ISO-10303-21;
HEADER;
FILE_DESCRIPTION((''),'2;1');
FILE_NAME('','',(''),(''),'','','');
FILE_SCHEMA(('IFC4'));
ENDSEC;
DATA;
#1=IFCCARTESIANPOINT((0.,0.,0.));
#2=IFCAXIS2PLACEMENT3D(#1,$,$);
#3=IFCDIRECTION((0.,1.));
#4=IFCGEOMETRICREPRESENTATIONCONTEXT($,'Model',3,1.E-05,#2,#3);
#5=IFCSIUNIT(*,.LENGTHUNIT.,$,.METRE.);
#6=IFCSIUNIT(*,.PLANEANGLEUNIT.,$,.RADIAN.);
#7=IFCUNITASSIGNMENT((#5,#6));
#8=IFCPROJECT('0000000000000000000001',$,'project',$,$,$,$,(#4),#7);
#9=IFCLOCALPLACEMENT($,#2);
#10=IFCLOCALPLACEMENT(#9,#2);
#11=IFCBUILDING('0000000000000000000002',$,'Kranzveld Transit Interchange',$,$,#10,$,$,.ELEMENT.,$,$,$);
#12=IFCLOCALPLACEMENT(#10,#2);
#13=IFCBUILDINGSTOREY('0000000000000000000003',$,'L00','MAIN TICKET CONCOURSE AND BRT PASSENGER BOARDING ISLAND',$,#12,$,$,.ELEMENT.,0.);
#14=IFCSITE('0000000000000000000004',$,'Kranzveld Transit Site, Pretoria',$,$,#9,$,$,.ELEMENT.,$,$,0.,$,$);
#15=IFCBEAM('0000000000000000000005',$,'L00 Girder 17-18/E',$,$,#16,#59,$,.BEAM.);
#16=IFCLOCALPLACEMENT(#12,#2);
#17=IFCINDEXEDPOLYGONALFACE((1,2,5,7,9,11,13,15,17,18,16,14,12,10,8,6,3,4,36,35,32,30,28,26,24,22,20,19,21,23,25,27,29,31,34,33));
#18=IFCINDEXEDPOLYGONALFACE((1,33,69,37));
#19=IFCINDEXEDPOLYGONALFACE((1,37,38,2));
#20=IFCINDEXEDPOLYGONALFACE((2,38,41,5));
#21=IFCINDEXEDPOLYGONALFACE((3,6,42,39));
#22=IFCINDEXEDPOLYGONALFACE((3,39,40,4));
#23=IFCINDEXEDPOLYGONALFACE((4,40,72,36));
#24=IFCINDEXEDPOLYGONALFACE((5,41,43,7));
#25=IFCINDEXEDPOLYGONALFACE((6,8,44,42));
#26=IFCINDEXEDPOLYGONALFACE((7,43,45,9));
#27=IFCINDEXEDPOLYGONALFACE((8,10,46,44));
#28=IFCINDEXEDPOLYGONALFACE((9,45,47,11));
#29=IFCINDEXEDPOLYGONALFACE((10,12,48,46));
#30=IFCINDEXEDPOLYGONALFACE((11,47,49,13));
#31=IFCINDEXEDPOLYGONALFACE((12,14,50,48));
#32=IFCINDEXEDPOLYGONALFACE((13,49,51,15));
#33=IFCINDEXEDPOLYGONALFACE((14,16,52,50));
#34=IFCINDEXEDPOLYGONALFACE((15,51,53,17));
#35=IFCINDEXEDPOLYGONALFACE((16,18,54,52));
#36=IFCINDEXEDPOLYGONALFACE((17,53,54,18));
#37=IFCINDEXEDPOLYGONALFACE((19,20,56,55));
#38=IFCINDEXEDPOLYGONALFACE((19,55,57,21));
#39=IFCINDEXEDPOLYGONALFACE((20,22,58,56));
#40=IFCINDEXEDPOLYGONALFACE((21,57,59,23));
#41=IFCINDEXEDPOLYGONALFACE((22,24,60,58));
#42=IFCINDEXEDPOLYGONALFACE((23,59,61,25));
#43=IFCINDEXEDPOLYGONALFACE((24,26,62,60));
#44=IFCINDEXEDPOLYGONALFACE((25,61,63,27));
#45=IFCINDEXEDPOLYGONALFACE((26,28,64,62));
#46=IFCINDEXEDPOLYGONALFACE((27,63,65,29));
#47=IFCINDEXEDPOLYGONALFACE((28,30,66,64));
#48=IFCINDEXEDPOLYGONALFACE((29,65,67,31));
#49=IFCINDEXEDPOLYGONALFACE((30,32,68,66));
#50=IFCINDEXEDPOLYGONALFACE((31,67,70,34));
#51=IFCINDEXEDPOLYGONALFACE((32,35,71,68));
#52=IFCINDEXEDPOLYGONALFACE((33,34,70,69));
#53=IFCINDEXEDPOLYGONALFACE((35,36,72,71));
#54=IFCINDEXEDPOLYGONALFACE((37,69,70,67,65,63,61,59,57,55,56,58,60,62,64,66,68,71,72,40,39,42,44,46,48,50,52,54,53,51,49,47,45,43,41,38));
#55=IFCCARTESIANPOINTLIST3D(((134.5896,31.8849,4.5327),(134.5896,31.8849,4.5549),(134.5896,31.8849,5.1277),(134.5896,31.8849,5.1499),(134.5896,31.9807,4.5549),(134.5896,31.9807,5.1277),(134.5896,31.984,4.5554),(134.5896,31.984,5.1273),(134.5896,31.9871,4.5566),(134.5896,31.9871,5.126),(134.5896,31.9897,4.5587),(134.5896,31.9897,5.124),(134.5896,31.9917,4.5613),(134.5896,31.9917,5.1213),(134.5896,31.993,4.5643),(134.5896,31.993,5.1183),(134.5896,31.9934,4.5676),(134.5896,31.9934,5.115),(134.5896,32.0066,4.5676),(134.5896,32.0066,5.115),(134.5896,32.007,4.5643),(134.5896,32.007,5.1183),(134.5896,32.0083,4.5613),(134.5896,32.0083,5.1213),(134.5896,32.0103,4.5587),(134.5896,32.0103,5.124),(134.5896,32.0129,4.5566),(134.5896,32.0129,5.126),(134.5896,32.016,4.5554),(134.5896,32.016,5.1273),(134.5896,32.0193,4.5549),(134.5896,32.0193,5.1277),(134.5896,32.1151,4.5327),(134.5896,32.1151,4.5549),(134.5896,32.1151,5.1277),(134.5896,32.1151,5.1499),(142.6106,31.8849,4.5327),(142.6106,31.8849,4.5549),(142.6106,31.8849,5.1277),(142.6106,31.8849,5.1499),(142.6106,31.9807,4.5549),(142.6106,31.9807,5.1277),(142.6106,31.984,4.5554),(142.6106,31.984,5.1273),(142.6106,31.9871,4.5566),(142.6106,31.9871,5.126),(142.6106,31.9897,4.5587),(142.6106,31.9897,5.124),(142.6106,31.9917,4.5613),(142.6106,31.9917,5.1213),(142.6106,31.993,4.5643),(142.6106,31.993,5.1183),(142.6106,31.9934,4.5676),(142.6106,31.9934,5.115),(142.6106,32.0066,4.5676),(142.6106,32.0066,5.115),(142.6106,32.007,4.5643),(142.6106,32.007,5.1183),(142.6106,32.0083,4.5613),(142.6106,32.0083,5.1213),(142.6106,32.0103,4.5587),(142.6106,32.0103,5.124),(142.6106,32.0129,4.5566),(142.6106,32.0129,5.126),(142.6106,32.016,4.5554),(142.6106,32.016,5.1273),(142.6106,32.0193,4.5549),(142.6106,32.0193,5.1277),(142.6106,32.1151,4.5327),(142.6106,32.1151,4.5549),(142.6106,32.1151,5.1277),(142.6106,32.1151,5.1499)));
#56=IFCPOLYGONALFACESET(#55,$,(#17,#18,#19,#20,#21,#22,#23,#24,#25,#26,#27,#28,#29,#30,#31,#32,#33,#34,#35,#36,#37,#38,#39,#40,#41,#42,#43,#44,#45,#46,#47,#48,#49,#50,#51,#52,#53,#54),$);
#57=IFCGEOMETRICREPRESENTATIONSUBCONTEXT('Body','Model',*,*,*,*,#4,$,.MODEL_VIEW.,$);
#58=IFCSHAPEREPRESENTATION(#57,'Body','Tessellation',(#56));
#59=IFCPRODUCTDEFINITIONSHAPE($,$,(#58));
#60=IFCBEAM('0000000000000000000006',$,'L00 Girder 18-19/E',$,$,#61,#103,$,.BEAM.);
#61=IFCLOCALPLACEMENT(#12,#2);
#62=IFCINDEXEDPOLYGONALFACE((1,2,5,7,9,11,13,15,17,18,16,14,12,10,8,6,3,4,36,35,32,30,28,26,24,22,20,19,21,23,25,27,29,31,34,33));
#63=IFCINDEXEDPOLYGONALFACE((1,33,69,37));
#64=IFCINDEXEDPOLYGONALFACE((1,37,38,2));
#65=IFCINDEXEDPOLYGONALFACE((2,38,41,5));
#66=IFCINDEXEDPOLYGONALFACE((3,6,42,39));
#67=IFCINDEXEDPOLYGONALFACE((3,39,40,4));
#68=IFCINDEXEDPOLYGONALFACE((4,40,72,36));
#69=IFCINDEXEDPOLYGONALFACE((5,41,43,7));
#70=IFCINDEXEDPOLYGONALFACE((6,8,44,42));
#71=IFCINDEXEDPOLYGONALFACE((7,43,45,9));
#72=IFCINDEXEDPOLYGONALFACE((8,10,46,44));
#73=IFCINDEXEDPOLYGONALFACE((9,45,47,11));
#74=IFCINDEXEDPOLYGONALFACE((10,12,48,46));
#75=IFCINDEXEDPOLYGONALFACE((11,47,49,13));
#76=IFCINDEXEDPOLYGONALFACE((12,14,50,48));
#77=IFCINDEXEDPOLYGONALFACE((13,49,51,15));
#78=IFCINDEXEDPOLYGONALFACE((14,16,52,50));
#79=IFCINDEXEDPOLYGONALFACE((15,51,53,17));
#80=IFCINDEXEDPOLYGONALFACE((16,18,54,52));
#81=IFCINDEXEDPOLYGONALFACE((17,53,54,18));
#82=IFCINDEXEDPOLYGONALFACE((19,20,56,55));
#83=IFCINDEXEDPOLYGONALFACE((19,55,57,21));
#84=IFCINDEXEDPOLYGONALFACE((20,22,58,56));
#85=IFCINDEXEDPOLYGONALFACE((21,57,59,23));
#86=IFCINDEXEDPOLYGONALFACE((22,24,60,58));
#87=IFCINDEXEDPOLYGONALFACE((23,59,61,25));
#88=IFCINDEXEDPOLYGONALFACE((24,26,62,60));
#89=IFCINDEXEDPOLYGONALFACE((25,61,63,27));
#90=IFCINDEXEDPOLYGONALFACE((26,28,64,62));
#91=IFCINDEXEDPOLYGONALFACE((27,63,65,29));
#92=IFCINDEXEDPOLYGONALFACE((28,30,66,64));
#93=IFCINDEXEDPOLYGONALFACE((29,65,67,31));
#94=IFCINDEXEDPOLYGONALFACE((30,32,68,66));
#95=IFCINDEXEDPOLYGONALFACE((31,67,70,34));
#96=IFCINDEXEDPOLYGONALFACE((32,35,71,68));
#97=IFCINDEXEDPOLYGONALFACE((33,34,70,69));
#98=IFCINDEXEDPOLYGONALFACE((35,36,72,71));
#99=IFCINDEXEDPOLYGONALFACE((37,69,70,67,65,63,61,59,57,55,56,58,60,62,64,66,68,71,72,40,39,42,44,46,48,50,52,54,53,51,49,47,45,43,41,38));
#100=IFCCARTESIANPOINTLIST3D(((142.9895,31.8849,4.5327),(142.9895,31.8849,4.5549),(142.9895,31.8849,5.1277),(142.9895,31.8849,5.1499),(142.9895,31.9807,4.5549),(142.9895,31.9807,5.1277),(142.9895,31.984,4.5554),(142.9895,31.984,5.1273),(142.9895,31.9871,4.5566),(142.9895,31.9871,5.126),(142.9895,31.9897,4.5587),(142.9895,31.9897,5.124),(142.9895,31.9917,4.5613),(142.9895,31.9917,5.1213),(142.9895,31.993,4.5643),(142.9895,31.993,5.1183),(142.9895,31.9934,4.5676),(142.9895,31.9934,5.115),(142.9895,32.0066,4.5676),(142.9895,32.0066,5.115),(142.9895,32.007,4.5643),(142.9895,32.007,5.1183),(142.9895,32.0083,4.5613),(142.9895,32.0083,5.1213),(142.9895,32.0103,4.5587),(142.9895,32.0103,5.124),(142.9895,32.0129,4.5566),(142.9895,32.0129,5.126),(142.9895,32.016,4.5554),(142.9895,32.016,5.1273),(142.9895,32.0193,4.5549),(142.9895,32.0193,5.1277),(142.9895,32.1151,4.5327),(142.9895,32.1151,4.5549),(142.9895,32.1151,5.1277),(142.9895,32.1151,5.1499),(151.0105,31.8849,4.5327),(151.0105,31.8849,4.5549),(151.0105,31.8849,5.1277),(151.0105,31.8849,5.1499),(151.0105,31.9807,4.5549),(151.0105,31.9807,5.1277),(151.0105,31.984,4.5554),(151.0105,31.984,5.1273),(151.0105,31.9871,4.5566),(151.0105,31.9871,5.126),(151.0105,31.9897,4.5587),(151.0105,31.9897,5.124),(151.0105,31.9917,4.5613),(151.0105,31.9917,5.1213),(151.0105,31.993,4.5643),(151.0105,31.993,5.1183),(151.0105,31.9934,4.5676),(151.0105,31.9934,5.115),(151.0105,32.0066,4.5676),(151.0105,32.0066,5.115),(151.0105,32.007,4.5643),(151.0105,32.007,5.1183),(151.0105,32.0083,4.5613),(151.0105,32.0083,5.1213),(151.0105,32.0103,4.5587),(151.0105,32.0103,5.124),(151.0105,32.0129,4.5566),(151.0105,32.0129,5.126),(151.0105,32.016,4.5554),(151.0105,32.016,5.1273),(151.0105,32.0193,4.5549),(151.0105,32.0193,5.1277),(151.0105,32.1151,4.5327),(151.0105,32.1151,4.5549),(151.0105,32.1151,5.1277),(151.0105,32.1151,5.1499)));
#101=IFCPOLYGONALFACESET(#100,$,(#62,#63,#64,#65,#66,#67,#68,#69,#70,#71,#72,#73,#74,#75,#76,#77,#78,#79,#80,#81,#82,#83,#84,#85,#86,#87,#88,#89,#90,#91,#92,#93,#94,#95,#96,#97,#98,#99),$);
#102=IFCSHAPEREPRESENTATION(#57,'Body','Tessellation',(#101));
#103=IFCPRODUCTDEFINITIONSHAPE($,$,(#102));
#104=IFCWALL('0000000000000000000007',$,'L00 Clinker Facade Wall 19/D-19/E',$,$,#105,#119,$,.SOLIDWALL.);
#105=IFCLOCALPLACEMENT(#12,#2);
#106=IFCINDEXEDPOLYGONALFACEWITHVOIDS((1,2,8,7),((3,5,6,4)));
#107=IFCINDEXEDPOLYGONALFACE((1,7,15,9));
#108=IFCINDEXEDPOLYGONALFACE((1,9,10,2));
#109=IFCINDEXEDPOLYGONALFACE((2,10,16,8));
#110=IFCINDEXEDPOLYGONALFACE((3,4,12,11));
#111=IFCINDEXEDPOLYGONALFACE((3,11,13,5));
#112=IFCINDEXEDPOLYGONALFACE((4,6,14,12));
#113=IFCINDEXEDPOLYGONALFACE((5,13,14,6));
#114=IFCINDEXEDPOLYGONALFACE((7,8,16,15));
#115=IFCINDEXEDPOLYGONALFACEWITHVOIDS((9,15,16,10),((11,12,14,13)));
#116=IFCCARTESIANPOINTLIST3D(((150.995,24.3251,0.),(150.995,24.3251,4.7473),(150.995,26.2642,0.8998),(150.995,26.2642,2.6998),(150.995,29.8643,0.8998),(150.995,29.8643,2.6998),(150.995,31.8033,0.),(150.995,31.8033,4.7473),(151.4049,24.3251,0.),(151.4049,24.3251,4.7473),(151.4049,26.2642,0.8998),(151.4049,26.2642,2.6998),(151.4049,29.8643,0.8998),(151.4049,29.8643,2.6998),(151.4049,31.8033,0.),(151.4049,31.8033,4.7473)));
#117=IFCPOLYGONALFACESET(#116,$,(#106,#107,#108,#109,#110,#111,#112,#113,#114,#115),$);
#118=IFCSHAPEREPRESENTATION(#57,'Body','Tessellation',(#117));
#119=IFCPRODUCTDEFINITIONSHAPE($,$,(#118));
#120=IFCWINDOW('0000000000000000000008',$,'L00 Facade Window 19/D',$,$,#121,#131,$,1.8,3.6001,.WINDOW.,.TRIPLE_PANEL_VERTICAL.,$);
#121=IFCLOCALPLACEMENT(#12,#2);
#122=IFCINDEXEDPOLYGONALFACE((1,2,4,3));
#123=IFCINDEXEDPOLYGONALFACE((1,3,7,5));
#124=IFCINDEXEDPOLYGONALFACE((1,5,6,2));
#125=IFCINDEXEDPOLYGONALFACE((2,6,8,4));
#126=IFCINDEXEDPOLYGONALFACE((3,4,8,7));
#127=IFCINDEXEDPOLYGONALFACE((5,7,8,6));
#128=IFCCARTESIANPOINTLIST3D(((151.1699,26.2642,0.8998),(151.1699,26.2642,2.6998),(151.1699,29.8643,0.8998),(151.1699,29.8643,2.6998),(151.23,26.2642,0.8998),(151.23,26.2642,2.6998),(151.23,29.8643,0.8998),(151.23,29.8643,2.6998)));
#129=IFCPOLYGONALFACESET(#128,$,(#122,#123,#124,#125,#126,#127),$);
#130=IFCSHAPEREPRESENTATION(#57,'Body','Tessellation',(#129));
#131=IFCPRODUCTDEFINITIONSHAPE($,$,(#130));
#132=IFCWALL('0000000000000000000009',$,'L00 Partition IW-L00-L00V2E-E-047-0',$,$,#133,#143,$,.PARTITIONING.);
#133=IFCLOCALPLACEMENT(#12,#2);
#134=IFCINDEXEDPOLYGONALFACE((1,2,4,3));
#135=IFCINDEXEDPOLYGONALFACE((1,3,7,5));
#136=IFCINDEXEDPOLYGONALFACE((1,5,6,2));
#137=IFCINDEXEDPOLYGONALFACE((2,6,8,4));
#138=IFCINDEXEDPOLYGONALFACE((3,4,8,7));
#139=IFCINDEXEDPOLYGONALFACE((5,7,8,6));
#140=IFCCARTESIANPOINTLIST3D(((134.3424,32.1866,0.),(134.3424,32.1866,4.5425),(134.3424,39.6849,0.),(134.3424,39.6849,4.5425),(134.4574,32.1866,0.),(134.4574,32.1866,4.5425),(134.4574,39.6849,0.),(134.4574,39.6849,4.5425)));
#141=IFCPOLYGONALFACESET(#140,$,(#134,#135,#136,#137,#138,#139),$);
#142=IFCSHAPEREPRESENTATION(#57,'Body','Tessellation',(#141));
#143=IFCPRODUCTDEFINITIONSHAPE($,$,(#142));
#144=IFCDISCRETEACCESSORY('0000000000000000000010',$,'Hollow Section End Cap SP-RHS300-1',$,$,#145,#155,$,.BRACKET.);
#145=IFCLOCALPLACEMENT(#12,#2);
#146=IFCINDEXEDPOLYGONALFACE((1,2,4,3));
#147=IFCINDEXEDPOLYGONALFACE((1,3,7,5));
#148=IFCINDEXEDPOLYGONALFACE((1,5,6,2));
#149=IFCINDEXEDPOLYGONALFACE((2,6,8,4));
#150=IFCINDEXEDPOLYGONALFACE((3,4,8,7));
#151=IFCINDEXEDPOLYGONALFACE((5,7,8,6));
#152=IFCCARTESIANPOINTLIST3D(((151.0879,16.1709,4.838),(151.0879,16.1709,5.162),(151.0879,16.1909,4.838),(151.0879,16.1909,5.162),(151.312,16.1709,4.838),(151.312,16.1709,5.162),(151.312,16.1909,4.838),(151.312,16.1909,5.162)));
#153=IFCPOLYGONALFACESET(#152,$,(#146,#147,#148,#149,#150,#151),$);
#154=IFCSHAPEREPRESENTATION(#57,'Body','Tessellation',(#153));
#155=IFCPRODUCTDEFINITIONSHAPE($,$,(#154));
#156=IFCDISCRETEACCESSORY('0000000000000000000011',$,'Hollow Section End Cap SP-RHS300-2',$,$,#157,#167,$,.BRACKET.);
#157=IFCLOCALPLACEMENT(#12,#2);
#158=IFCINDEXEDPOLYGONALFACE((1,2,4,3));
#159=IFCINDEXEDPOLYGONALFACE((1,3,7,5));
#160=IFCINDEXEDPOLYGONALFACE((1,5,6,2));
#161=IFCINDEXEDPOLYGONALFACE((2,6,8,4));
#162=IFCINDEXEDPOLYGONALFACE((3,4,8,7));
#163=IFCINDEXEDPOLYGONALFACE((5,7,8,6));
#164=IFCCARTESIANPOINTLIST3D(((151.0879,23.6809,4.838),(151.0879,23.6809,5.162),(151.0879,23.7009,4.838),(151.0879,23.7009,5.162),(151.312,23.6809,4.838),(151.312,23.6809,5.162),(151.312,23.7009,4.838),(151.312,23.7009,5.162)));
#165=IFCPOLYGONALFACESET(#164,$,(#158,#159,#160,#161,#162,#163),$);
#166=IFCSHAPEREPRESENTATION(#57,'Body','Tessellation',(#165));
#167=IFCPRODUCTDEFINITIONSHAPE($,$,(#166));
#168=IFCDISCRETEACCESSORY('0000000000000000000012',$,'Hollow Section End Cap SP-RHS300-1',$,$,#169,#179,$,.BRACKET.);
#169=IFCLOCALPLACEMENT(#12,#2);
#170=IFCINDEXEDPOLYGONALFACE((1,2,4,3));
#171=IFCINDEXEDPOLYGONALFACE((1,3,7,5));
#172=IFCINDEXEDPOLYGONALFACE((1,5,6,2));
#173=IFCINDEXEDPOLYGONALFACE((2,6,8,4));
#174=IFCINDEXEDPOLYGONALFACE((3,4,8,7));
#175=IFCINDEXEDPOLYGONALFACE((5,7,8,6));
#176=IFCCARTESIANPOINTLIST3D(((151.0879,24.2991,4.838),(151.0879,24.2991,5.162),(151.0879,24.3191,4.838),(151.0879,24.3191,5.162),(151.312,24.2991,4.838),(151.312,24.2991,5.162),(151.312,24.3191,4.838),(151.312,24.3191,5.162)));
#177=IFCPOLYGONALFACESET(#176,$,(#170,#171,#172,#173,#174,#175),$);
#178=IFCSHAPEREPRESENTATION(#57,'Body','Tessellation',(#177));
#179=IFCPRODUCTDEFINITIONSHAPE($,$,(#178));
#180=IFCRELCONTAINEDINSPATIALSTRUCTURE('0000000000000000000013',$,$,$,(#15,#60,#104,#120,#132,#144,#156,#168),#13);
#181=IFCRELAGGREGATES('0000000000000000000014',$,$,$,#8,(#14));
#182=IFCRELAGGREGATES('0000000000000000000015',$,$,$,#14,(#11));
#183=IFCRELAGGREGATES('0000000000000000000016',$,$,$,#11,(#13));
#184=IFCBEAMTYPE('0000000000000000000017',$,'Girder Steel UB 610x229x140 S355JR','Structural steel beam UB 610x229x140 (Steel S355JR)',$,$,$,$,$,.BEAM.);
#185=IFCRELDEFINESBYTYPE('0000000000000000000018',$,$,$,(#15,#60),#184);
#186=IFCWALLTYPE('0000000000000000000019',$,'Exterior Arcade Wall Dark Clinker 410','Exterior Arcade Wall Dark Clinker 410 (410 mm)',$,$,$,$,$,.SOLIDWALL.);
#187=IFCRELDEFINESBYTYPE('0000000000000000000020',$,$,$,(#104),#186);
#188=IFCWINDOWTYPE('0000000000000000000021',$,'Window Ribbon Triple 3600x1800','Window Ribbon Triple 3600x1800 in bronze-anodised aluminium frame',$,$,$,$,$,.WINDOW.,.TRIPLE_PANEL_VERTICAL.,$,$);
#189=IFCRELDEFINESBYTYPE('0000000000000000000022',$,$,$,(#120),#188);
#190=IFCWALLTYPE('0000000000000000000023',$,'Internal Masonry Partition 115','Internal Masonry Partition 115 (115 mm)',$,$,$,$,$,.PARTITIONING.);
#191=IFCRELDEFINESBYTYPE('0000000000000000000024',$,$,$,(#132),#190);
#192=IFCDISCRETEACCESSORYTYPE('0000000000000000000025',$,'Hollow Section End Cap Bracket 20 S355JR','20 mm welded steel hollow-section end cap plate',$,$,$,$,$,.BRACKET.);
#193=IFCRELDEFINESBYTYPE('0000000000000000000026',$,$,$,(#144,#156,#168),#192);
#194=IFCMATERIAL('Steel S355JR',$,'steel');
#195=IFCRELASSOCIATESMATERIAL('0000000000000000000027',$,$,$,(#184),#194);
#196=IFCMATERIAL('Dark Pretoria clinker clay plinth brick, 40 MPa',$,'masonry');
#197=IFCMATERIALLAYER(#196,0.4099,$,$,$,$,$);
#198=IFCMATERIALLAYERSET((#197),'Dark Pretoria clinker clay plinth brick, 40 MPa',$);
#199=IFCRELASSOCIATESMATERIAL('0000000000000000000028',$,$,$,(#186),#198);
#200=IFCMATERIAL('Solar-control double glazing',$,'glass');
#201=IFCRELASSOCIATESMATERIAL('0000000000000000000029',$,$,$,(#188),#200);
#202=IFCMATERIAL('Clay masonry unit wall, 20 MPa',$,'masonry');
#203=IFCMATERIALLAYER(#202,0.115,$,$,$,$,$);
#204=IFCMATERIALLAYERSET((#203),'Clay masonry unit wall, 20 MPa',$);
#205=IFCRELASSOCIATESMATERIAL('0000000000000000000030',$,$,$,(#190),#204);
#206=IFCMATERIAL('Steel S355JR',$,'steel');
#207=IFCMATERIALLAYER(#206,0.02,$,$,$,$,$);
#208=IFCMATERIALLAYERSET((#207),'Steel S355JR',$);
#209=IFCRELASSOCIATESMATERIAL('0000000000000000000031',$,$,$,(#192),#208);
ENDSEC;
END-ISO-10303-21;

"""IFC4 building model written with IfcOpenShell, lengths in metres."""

from ifc_helpers import new_model, si_unit, direction, frame, frame_2d, origin, origin_2d, place, context, subcontext, project, spatial, rectangle, i_section, extrude, material, layer, layer_set, material_profile, profile_set, type_object, element, fill, save


model = new_model("IFC4")

# Units and contexts
model_context = context("Model", 3, precision=1e-05, world=origin(), true_north=direction((0.0, 1.0)))
body_context = subcontext(model_context, "Body", "Model", "MODEL_VIEW")
ifc_project = project(units=[si_unit("LENGTHUNIT", "METRE"), si_unit("PLANEANGLEUNIT", "RADIAN")], contexts=[model_context])

# Site, building, storey
site_placement = place(None, origin())
site = spatial("IfcSite", under=ifc_project, at=site_placement, Name="Kranzveld Transit Site, Pretoria", CompositionType="ELEMENT", RefElevation=0.0)
building_placement = place(site_placement, origin())
building = spatial("IfcBuilding", under=site, at=building_placement, Name="Kranzveld Transit Interchange", CompositionType="ELEMENT")
storey_placement = place(building_placement, origin())
storey = spatial("IfcBuildingStorey", under=building, at=storey_placement, Name="L00", Description="MAIN TICKET CONCOURSE AND BRT PASSENGER BOARDING ISLAND", CompositionType="ELEMENT", Elevation=0.0)

# Beams
ifc_material_1 = material(Name="Steel S355JR", Category="steel")
ifc_material_profile_1 = material_profile(ifc_material_1, i_section(OverallWidth=0.2302, OverallDepth=0.6172, WebThickness=0.0132, FlangeThickness=0.0222, FilletRadius=0.0127, at=origin_2d()), Name="UB 610x229x140")
ifc_profile_set_1 = profile_set([ifc_material_profile_1], Name="Steel S355JR")
beam_type_1 = type_object("IfcBeamType", Name="Girder Steel UB 610x229x140 S355JR", Description="Structural steel beam UB 610x229x140 (Steel S355JR)", PredefinedType="BEAM", material=ifc_profile_set_1)
for number, where, z_axis, x_axis, name in (
    (1, (134.5896, 32.0, 4.8413), (1.0, 0.0, 0.0), (0.0, 1.0, 0.0), "L00 Girder 17-18/E"),
    (2, (142.9895, 32.0, 4.8413), (1.0, 0.0, 0.0), (0.0, 1.0, 0.0), "L00 Girder 18-19/E"),
):
    element("IfcBeam", number, at=place(storey_placement, frame(where, z_axis=z_axis, x_axis=x_axis)), inside=storey, type_object=beam_type_1, Name=name, PredefinedType="BEAM", context=body_context, shape_type="SweptSolid", body=[
        extrude(i_section(OverallWidth=0.2302, OverallDepth=0.6172, WebThickness=0.0132, FlangeThickness=0.0222, FilletRadius=0.0127, at=origin_2d()), origin(), (0.0, 0.0, 1.0), 8.021),
    ])

# Wall, opening, window
ifc_material_2 = material(Name="Dark Pretoria clinker clay plinth brick, 40 MPa", Category="masonry")
ifc_layer_1 = layer(ifc_material_2, 0.4099)
ifc_layer_set_1 = layer_set([ifc_layer_1], Name="Dark Pretoria clinker clay plinth brick, 40 MPa")
wall_type_1 = type_object("IfcWallType", Name="Exterior Arcade Wall Dark Clinker 410", Description="Exterior Arcade Wall Dark Clinker 410 (410 mm)", PredefinedType="SOLIDWALL", material=ifc_layer_set_1)
wall_1_placement = place(storey_placement, frame((151.2, 24.325, 0.0), z_axis=(0.0, 0.0, 1.0), x_axis=(0.0, 1.0, 0.0)))
wall_1 = element("IfcWall", 3, at=wall_1_placement, inside=storey, type_object=wall_type_1, Name="L00 Clinker Facade Wall 19/D-19/E", PredefinedType="SOLIDWALL", context=body_context, shape_type="SweptSolid", body=[
    extrude(rectangle(XDim=7.4783, YDim=0.4099, at=frame_2d((3.7393, 0.0))), origin(), (0.0, 0.0, 1.0), 4.7473),
])
opening_placement = place(wall_1_placement, frame((1.9392, 0.0, 0.8999), z_axis=(0.0, 0.0, 1.0), x_axis=(1.0, 0.0, 0.0)))
opening = element("IfcOpeningElement", 4, at=opening_placement, cuts=wall_1, PredefinedType="OPENING", context=body_context, shape_type="SweptSolid", body=[
    extrude(rectangle(XDim=3.6001, YDim=1.8, at=frame_2d((1.8, 0.8999))), frame((0.0, 0.2148, 0.0), z_axis=(0.0, -1.0, 0.0), x_axis=(1.0, 0.0, 0.0)), (0.0, 0.0, 1.0), 0.4299),
])
ifc_material_3 = material(Name="Solar-control double glazing", Category="glass")
window_type = type_object("IfcWindowType", Name="Window Ribbon Triple 3600x1800", Description="Window Ribbon Triple 3600x1800 in bronze-anodised aluminium frame", PartitioningType="TRIPLE_PANEL_VERTICAL", PredefinedType="WINDOW", material=ifc_material_3)
window_placement = place(opening_placement, origin())
window = element("IfcWindow", 5, at=window_placement, inside=storey, type_object=window_type, Name="L00 Facade Window 19/D", OverallHeight=1.8, OverallWidth=3.6001, PartitioningType="TRIPLE_PANEL_VERTICAL", PredefinedType="WINDOW", context=body_context, shape_type="SweptSolid", body=[
    extrude(rectangle(XDim=3.6001, YDim=1.8, at=frame_2d((1.8, 0.8999))), frame((0.0, 0.03, 0.0), z_axis=(0.0, -1.0, 0.0), x_axis=(1.0, 0.0, 0.0)), (0.0, 0.0, 1.0), 0.0601),
])
fill(opening, window)

# Wall
ifc_material_4 = material(Name="Clay masonry unit wall, 20 MPa", Category="masonry")
ifc_layer_2 = layer(ifc_material_4, 0.115)
ifc_layer_set_2 = layer_set([ifc_layer_2], Name="Clay masonry unit wall, 20 MPa")
wall_type_2 = type_object("IfcWallType", Name="Internal Masonry Partition 115", Description="Internal Masonry Partition 115 (115 mm)", PredefinedType="PARTITIONING", material=ifc_layer_set_2)
wall_2_placement = place(storey_placement, frame((134.3999, 32.1868, 0.0), z_axis=(0.0, 0.0, 1.0), x_axis=(0.0, 1.0, 0.0)))
element("IfcWall", 6, at=wall_2_placement, inside=storey, type_object=wall_type_2, Name="L00 Partition IW-L00-L00V2E-E-047-0", PredefinedType="PARTITIONING", context=body_context, shape_type="SweptSolid", body=[
    extrude(rectangle(XDim=7.4983, YDim=0.115, at=frame_2d((3.749, 0.0))), origin(), (0.0, 0.0, 1.0), 4.5425),
])

# Discrete accessories
ifc_material_5 = material(Name="Steel S355JR", Category="steel")
ifc_layer_3 = layer(ifc_material_5, 0.02)
ifc_layer_set_3 = layer_set([ifc_layer_3], Name="Steel S355JR")
discrete_accessory_type = type_object("IfcDiscreteAccessoryType", Name="Hollow Section End Cap Bracket 20 S355JR", Description="20 mm welded steel hollow-section end cap plate", PredefinedType="BRACKET", material=ifc_layer_set_3)
for number, where, z_axis, x_axis, name in (
    (7, (151.2, 16.1909, 5.0), (0.0, -1.0, 0.0), (1.0, 0.0, 0.0), "Hollow Section End Cap SP-RHS300-1"),
    (8, (151.2, 23.6809, 5.0), (0.0, 1.0, 0.0), (-1.0, 0.0, 0.0), "Hollow Section End Cap SP-RHS300-2"),
    (9, (151.2, 24.3191, 5.0), (0.0, -1.0, 0.0), (1.0, 0.0, 0.0), "Hollow Section End Cap SP-RHS300-1"),
):
    element("IfcDiscreteAccessory", number, at=place(storey_placement, frame(where, z_axis=z_axis, x_axis=x_axis)), inside=storey, type_object=discrete_accessory_type, Name=name, PredefinedType="BRACKET", context=body_context, shape_type="SweptSolid", body=[
        extrude(rectangle(XDim=0.2241, YDim=0.324, at=origin_2d()), origin(), (0.0, 0.0, 1.0), 0.02),
    ])

save(model, "model.ifc")
